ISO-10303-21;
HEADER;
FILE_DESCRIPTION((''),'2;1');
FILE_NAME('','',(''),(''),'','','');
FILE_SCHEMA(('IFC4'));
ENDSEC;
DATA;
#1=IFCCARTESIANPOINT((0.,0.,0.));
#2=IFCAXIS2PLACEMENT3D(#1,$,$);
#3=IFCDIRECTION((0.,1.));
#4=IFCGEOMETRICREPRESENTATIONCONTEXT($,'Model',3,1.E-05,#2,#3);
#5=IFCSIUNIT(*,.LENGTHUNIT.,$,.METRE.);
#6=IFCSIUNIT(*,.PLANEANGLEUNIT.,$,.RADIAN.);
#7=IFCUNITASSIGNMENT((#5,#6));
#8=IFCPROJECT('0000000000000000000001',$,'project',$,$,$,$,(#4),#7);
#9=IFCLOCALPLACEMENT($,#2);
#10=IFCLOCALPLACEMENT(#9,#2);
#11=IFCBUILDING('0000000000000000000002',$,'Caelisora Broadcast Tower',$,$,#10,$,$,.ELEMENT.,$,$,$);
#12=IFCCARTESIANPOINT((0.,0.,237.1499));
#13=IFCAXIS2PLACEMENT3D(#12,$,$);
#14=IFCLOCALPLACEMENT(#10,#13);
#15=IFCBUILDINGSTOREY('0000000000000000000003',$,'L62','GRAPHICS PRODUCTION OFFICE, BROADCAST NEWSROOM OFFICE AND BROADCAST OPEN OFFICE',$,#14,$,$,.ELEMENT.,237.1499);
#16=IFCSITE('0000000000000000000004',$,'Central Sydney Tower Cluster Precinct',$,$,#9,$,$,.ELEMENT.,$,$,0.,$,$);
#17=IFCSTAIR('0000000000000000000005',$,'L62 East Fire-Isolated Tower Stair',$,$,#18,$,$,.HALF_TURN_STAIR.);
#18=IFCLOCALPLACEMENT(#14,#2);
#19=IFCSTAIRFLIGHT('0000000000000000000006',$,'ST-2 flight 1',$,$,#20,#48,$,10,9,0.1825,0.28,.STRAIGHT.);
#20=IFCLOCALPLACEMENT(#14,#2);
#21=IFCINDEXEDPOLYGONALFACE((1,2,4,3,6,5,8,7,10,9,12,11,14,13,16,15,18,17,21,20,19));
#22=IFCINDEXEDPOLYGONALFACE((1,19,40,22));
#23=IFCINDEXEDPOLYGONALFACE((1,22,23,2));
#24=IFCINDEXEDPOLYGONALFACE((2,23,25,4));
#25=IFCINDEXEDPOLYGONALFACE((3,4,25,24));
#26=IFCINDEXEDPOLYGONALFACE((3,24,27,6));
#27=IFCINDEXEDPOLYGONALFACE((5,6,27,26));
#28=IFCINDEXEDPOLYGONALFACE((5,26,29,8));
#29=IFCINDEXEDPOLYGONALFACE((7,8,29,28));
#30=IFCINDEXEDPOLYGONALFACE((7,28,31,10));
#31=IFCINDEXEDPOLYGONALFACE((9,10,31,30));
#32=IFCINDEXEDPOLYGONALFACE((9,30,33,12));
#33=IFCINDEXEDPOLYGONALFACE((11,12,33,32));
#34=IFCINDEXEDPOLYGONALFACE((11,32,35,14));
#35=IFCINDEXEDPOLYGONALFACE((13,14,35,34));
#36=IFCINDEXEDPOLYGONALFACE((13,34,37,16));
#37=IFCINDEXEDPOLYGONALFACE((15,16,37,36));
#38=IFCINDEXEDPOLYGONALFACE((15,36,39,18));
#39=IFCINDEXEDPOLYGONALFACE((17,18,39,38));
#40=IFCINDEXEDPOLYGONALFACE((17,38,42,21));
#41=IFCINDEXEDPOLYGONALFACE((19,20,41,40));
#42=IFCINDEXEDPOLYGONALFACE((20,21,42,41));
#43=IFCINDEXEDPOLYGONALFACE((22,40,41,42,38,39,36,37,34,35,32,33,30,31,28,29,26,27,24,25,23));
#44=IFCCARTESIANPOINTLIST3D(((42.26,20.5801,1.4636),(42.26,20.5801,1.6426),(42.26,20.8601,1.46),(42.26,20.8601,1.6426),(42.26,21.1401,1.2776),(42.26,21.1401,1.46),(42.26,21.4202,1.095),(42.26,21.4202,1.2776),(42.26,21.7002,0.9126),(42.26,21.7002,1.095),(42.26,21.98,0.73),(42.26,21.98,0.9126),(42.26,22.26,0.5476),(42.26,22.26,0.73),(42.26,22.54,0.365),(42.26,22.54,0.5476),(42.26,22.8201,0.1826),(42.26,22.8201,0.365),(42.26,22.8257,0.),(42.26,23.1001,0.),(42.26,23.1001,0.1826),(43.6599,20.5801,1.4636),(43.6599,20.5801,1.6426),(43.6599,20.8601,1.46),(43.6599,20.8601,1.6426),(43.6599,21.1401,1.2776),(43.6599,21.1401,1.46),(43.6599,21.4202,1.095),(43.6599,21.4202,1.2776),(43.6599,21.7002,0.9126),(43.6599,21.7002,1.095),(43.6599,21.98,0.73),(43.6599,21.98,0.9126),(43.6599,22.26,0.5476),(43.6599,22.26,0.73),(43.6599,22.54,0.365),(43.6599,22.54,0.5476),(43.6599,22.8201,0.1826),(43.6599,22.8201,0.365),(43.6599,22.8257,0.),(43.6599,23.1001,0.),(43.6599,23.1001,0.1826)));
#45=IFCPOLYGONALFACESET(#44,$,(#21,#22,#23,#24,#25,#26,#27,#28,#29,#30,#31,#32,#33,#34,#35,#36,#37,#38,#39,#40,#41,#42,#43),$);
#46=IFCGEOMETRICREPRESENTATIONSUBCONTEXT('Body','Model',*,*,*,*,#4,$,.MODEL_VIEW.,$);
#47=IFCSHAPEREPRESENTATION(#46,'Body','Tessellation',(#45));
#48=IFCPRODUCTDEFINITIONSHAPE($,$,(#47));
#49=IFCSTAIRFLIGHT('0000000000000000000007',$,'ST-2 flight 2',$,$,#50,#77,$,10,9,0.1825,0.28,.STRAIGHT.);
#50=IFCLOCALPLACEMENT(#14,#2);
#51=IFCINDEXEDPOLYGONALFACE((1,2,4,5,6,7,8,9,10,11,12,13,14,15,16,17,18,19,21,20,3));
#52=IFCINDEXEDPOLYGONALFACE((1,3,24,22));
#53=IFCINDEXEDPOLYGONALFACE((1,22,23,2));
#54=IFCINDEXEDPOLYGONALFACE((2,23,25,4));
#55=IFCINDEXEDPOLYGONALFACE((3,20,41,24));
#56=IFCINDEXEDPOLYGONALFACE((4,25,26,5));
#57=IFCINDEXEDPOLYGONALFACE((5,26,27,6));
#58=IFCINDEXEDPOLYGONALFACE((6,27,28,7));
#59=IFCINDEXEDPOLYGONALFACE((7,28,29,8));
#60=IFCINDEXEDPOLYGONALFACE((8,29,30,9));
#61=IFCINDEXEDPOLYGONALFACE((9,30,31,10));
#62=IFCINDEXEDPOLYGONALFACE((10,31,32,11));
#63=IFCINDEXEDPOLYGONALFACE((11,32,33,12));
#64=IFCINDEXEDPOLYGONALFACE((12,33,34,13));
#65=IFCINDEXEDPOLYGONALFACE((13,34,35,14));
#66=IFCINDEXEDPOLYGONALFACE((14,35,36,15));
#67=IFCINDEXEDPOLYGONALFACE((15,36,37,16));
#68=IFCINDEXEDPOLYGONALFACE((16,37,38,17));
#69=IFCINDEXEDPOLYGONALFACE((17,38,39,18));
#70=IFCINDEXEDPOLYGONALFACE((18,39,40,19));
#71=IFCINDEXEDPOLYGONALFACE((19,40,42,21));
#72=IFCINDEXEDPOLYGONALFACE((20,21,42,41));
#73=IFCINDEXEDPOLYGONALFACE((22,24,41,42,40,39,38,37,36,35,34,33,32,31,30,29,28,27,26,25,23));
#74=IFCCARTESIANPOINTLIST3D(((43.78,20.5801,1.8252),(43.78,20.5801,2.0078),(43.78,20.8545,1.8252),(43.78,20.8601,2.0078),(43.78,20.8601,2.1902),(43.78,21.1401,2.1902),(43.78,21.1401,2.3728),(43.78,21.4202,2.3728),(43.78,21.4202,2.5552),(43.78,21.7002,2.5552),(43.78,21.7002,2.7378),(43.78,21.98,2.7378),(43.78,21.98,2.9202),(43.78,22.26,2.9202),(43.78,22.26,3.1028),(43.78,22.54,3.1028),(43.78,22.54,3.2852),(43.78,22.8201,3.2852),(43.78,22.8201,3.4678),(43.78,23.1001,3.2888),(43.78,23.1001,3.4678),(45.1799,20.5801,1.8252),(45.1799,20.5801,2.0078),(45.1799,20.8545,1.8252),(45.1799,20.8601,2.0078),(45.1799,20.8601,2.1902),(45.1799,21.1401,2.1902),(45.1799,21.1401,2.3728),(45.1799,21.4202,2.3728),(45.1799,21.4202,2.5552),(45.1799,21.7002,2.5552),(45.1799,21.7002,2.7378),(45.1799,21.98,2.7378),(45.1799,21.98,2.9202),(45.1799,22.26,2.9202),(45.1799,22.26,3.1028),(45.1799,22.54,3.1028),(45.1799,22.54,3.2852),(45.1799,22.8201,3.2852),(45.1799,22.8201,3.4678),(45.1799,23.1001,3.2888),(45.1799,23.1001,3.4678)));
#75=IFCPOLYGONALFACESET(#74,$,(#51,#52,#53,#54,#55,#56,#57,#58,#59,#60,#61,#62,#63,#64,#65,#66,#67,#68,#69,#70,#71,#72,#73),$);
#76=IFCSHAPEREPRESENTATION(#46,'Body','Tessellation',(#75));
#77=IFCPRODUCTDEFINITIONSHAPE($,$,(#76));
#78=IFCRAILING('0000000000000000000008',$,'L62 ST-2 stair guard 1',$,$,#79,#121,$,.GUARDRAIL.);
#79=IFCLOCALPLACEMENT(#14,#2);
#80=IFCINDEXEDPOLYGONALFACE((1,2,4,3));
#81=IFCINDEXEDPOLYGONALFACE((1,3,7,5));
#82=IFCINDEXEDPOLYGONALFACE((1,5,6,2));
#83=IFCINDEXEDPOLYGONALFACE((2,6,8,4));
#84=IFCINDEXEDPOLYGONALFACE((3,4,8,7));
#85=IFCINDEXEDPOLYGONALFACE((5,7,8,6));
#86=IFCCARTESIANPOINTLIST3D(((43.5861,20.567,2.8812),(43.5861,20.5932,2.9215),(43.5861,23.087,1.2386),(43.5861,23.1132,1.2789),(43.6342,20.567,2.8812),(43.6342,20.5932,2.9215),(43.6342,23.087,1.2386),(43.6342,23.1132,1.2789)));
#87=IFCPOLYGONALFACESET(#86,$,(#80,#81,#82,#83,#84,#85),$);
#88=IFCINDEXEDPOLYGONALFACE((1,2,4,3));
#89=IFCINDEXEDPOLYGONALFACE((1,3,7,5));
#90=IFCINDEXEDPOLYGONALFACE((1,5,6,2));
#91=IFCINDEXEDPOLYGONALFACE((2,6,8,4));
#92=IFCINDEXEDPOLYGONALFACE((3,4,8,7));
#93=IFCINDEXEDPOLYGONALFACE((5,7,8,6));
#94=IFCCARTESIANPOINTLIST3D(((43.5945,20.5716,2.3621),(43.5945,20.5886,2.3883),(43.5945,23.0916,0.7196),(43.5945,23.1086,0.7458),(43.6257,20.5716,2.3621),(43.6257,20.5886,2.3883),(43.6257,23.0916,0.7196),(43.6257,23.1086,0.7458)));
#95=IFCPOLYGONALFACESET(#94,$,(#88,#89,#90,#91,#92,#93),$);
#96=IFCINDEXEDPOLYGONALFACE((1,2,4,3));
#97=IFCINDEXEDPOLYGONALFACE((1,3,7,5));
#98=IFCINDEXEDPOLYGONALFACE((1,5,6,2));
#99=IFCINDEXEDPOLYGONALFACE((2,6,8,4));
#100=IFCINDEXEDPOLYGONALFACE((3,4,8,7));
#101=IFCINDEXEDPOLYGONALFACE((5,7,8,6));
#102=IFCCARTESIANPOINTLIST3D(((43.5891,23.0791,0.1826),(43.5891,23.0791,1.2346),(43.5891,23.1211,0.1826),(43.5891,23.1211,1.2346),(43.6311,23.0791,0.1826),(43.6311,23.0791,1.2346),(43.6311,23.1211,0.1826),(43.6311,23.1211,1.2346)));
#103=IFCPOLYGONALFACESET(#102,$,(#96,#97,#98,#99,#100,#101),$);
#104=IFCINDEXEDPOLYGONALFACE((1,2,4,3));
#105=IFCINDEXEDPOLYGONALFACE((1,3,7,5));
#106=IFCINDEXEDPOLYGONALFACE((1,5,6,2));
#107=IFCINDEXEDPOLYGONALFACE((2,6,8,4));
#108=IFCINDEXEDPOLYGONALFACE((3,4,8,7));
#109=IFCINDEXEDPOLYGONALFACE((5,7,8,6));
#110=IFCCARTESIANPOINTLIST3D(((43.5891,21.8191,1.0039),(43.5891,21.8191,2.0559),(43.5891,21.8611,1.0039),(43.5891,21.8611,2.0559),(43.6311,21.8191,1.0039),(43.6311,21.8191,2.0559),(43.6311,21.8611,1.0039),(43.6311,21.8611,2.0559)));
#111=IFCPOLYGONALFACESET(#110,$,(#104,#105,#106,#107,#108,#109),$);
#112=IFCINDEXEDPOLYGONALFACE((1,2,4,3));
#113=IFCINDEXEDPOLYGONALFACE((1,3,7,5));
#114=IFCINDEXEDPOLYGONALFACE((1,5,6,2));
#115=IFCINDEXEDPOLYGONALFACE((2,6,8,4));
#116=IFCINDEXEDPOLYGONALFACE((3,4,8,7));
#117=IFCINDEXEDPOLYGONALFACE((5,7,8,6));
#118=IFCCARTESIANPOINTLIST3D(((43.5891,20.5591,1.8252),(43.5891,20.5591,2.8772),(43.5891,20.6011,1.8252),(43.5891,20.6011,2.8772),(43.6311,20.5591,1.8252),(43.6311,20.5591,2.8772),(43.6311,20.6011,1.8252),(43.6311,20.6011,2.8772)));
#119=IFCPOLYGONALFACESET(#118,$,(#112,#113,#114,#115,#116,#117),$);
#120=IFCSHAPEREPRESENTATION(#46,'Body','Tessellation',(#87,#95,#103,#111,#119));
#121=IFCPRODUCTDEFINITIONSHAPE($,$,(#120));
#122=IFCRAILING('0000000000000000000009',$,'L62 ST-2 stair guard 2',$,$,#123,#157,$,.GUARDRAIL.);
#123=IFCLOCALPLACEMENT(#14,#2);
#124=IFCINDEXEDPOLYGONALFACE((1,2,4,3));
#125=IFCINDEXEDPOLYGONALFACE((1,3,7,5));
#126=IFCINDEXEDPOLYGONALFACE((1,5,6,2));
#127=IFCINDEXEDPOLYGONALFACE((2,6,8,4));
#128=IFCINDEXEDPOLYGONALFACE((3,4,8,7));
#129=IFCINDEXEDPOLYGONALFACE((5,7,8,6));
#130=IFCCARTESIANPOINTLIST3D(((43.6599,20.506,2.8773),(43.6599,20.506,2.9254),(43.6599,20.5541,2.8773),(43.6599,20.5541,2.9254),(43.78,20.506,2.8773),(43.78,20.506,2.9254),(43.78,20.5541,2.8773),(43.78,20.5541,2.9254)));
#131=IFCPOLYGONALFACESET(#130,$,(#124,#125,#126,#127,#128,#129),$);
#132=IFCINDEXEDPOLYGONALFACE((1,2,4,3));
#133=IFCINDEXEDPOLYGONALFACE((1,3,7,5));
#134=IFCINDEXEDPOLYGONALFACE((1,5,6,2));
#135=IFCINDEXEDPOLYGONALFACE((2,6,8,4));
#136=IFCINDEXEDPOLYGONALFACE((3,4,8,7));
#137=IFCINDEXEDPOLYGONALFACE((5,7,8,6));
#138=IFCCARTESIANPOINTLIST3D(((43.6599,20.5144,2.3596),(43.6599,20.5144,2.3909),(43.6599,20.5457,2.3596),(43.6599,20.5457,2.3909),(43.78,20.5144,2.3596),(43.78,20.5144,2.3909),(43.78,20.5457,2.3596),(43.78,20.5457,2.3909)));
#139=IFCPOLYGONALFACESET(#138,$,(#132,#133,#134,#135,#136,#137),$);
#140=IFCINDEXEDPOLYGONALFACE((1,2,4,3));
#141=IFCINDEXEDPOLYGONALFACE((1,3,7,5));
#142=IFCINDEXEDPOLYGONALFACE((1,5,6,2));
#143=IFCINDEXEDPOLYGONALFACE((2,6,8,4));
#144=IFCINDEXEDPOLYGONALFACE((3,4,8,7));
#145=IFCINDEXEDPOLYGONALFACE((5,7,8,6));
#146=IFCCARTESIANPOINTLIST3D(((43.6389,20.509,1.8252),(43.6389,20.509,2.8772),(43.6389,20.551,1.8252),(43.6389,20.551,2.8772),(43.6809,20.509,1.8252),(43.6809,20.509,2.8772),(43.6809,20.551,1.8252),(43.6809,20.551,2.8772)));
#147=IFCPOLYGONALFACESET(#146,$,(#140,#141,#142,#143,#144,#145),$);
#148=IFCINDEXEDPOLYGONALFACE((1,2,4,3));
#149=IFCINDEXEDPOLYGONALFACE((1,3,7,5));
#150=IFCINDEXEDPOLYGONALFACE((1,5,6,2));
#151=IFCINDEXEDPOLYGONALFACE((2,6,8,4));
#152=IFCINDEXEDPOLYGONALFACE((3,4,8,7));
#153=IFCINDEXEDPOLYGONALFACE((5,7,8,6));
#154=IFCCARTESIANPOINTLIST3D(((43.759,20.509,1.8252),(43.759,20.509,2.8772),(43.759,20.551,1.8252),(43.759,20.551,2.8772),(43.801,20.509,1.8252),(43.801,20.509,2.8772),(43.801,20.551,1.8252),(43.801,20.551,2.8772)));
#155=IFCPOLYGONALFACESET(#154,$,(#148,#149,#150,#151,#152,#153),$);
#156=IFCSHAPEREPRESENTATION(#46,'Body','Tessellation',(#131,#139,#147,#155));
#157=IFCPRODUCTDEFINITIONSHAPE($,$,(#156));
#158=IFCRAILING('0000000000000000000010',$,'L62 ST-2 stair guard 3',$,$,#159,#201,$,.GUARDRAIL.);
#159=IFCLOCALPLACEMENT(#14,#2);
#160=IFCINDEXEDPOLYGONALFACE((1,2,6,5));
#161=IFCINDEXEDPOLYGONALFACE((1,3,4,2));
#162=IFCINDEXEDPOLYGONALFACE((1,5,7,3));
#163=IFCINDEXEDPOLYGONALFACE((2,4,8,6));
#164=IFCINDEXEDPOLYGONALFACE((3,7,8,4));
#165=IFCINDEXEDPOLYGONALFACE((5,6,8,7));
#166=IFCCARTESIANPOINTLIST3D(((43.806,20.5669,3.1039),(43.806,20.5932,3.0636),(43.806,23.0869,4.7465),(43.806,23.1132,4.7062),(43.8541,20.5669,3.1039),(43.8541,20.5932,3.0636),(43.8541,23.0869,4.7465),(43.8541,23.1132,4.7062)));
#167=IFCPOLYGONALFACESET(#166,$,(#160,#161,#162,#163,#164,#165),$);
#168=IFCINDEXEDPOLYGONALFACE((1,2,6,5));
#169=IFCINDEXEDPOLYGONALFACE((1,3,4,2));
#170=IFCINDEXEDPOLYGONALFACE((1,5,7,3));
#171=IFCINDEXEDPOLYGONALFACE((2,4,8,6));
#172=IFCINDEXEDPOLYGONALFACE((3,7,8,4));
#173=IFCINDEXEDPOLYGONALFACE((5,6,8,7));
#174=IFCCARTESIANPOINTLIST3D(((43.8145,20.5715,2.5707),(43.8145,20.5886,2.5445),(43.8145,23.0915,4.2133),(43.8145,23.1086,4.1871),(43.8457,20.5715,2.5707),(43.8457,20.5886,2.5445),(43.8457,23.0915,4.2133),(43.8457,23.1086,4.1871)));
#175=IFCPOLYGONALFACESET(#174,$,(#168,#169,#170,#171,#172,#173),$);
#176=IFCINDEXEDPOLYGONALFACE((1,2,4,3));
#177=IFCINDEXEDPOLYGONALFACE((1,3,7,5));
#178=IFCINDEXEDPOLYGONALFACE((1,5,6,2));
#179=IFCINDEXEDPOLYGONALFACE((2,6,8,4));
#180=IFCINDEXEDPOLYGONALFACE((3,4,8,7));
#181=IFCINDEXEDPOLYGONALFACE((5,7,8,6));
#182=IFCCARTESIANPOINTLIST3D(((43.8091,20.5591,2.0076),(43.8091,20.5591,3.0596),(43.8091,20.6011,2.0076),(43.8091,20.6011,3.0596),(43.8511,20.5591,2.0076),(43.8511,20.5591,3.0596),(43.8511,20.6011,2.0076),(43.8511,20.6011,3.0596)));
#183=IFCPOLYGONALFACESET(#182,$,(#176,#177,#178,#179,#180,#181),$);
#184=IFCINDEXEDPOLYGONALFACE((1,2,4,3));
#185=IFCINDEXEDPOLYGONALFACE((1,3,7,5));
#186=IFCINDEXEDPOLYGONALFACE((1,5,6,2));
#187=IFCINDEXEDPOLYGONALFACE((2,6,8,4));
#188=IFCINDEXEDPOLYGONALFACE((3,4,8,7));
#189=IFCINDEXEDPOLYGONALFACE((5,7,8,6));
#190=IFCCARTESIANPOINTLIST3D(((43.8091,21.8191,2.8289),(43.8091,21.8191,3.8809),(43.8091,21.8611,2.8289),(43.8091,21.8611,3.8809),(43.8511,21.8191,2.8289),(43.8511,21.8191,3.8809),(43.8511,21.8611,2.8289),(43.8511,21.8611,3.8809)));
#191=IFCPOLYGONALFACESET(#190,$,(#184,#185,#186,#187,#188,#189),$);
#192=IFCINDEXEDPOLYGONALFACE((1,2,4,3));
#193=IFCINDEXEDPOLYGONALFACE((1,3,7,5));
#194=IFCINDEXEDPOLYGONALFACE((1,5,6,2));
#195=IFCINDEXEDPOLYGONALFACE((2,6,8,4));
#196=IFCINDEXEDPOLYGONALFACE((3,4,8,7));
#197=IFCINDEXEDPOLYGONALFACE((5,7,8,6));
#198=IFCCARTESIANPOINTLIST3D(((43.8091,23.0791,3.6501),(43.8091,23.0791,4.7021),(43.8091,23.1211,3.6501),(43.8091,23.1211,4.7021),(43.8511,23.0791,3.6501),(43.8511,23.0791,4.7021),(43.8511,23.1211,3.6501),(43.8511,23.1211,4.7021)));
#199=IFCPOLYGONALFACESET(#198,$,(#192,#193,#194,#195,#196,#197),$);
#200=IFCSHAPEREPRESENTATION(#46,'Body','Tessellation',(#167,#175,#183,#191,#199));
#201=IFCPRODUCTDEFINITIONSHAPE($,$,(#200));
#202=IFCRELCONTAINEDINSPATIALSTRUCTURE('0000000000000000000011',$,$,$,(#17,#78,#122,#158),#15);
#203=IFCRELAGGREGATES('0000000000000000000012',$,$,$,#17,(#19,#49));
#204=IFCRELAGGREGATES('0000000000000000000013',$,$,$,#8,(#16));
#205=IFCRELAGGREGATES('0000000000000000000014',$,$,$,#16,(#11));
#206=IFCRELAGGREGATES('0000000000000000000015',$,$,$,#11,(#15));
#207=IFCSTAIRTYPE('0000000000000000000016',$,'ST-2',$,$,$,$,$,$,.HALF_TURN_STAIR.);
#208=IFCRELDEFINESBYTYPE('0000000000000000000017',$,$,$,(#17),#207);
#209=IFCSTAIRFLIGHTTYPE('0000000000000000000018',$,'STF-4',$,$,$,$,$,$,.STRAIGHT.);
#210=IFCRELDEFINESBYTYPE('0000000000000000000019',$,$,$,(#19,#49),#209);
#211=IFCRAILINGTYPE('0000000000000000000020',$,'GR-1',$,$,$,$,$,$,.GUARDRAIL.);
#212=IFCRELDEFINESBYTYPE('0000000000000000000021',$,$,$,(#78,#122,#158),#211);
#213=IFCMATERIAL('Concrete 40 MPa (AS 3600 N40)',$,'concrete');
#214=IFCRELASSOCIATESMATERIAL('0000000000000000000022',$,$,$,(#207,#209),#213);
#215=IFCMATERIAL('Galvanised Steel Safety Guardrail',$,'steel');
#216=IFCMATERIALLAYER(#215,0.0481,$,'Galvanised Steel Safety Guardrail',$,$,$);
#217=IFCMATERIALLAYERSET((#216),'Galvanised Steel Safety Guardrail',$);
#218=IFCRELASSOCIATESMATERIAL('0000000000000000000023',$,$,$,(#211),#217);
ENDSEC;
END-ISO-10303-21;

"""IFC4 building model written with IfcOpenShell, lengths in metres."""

from ifc_helpers import new_model, si_unit, direction, frame, origin, origin_2d, place, context, subcontext, project, spatial, polyline, rectangle, outline, extrude, material, layer, layer_set, type_object, element, aggregate, save


model = new_model("IFC4")

# Units and contexts
model_context = context("Model", 3, precision=1e-05, world=origin(), true_north=direction((0.0, 1.0)))
body_context = subcontext(model_context, "Body", "Model", "MODEL_VIEW")
ifc_project = project(units=[si_unit("LENGTHUNIT", "METRE"), si_unit("PLANEANGLEUNIT", "RADIAN")], contexts=[model_context])

# Site, building, storey
site_placement = place(None, origin())
site = spatial("IfcSite", under=ifc_project, at=site_placement, Name="Central Sydney Tower Cluster Precinct", CompositionType="ELEMENT", RefElevation=0.0)
building_placement = place(site_placement, origin())
building = spatial("IfcBuilding", under=site, at=building_placement, Name="Caelisora Broadcast Tower", CompositionType="ELEMENT")
storey_placement = place(building_placement, frame((0.0, 0.0, 237.1499)))
storey = spatial("IfcBuildingStorey", under=building, at=storey_placement, Name="L62", Description="GRAPHICS PRODUCTION OFFICE, BROADCAST NEWSROOM OFFICE AND BROADCAST OPEN OFFICE", CompositionType="ELEMENT", Elevation=237.1499)

# Shared definitions
ifc_material_1 = material(Name="Concrete 40 MPa (AS 3600 N40)", Category="concrete")

# Stair, stair flights
stair_type = type_object("IfcStairType", Name="ST-2", PredefinedType="HALF_TURN_STAIR", material=ifc_material_1)
stair_placement = place(storey_placement, origin())
stair = element("IfcStair", 1, at=stair_placement, inside=storey, type_object=stair_type, Name="L62 East Fire-Isolated Tower Stair", PredefinedType="HALF_TURN_STAIR")
stair_flight_type = type_object("IfcStairFlightType", Name="STF-4", PredefinedType="STRAIGHT", material=ifc_material_1)
stair_flight_1_placement = place(storey_placement, frame((42.96, 23.1001, 0.0), z_axis=(0.0, 0.0, 1.0), x_axis=(0.0, -1.0, 0.0)))
stair_flight_1 = element("IfcStairFlight", 2, at=stair_flight_1_placement, type_object=stair_flight_type, Name="ST-2 flight 1", NumberOfRisers=10, NumberOfTreads=9, PredefinedType="STRAIGHT", RiserHeight=0.1825, TreadLength=0.28, context=body_context, shape_type="SweptSolid", body=[
    extrude(outline(polyline([(0.0, 0.0), (0.0, 0.1826), (0.28, 0.1826), (0.28, 0.365), (0.5601, 0.365), (0.5601, 0.5476), (0.8401, 0.5476), (0.8401, 0.73), (1.1201, 0.73), (1.1201, 0.9126), (1.3999, 0.9126), (1.3999, 1.095), (1.6799, 1.095), (1.6799, 1.2776), (1.96, 1.2776), (1.96, 1.46), (2.24, 1.46), (2.24, 1.6426), (2.52, 1.6426), (2.52, 1.825), (2.52, 1.4636), (0.2744, 0.0), (0.0, 0.0)])), frame((0.0, 0.7, 0.0), z_axis=(0.0, -1.0, 0.0), x_axis=(1.0, 0.0, 0.0)), (0.0, 0.0, 1.0), 1.3999),
])
stair_flight_2_placement = place(storey_placement, frame((44.48, 20.5801, 1.8252), z_axis=(0.0, 0.0, 1.0), x_axis=(0.0, 1.0, 0.0)))
stair_flight_2 = element("IfcStairFlight", 3, at=stair_flight_2_placement, type_object=stair_flight_type, Name="ST-2 flight 2", NumberOfRisers=10, NumberOfTreads=9, PredefinedType="STRAIGHT", RiserHeight=0.1825, TreadLength=0.28, context=body_context, shape_type="SweptSolid", body=[
    extrude(outline(polyline([(0.0, 0.0), (0.0, 0.1826), (0.28, 0.1826), (0.28, 0.365), (0.5601, 0.365), (0.5601, 0.5476), (0.8401, 0.5476), (0.8401, 0.73), (1.1201, 0.73), (1.1201, 0.9126), (1.3999, 0.9126), (1.3999, 1.095), (1.6799, 1.095), (1.6799, 1.2776), (1.96, 1.2776), (1.96, 1.46), (2.24, 1.46), (2.24, 1.6426), (2.52, 1.6426), (2.52, 1.825), (2.52, 1.4636), (0.2744, 0.0), (0.0, 0.0)])), frame((0.0, 0.7, 0.0), z_axis=(0.0, -1.0, 0.0), x_axis=(1.0, 0.0, 0.0)), (0.0, 0.0, 1.0), 1.3999),
])
aggregate(stair, [stair_flight_1, stair_flight_2])

# Railings
ifc_material_2 = material(Name="Galvanised Steel Safety Guardrail", Category="steel")
ifc_layer_1 = layer(ifc_material_2, 0.0481, Name="Galvanised Steel Safety Guardrail")
ifc_layer_set_1 = layer_set([ifc_layer_1], Name="Galvanised Steel Safety Guardrail")
railing_type_1 = type_object("IfcRailingType", Name="GR-1", PredefinedType="GUARDRAIL", material=ifc_layer_set_1)
railing_1_placement = place(storey_placement, frame((43.6101, 23.1001, 0.1826)))
element("IfcRailing", 4, at=railing_1_placement, inside=storey, type_object=railing_type_1, Name="L62 ST-2 stair guard 1", PredefinedType="GUARDRAIL", context=body_context, shape_type="SweptSolid", body=[
    extrude(rectangle(XDim=0.0481, YDim=0.0481, at=origin_2d()), frame((0.0, 0.0, 1.0762), z_axis=(0.0, -0.837749, 0.546055), x_axis=(1.0, 0.0, 0.0)), (0.0, 0.0, 1.0), 3.0081),
    extrude(rectangle(XDim=0.0312, YDim=0.0312, at=origin_2d()), frame((0.0, 0.0, 0.55), z_axis=(0.0, -0.837749, 0.546055), x_axis=(1.0, 0.0, 0.0)), (0.0, 0.0, 1.0), 3.0081),
    extrude(rectangle(XDim=0.042, YDim=0.042, at=origin_2d()), origin(), (0.0, 0.0, 1.0), 1.052),
    extrude(rectangle(XDim=0.042, YDim=0.042, at=origin_2d()), frame((0.0, -1.26, 0.8213)), (0.0, 0.0, 1.0), 1.052),
    extrude(rectangle(XDim=0.042, YDim=0.042, at=origin_2d()), frame((0.0, -2.52, 1.6426)), (0.0, 0.0, 1.0), 1.052),
])
railing_2_placement = place(storey_placement, frame((43.6599, 20.53, 1.8252)))
element("IfcRailing", 5, at=railing_2_placement, inside=storey, type_object=railing_type_1, Name="L62 ST-2 stair guard 2", PredefinedType="GUARDRAIL", context=body_context, shape_type="SweptSolid", body=[
    extrude(rectangle(XDim=0.0481, YDim=0.0481, at=origin_2d()), frame((0.0, 0.0, 1.0762), z_axis=(1.0, 0.0, 0.0), x_axis=(0.0, 1.0, 0.0)), (0.0, 0.0, 1.0), 0.1201),
    extrude(rectangle(XDim=0.0312, YDim=0.0312, at=origin_2d()), frame((0.0, 0.0, 0.55), z_axis=(1.0, 0.0, 0.0), x_axis=(0.0, 1.0, 0.0)), (0.0, 0.0, 1.0), 0.1201),
    extrude(rectangle(XDim=0.042, YDim=0.042, at=origin_2d()), origin(), (0.0, 0.0, 1.0), 1.052),
    extrude(rectangle(XDim=0.042, YDim=0.042, at=origin_2d()), frame((0.1201, 0.0, 0.0)), (0.0, 0.0, 1.0), 1.052),
])
railing_3_placement = place(storey_placement, frame((43.8301, 20.5801, 2.0076)))
element("IfcRailing", 6, at=railing_3_placement, inside=storey, type_object=railing_type_1, Name="L62 ST-2 stair guard 3", PredefinedType="GUARDRAIL", context=body_context, shape_type="SweptSolid", body=[
    extrude(rectangle(XDim=0.0481, YDim=0.0481, at=origin_2d()), frame((0.0, 0.0, 1.0762), z_axis=(0.0, 0.837749, 0.546055), x_axis=(-1.0, 0.0, 0.0)), (0.0, 0.0, 1.0), 3.0081),
    extrude(rectangle(XDim=0.0312, YDim=0.0312, at=origin_2d()), frame((0.0, 0.0, 0.55), z_axis=(0.0, 0.837749, 0.546055), x_axis=(-1.0, 0.0, 0.0)), (0.0, 0.0, 1.0), 3.0081),
    extrude(rectangle(XDim=0.042, YDim=0.042, at=origin_2d()), origin(), (0.0, 0.0, 1.0), 1.052),
    extrude(rectangle(XDim=0.042, YDim=0.042, at=origin_2d()), frame((0.0, 1.26, 0.8213)), (0.0, 0.0, 1.0), 1.052),
    extrude(rectangle(XDim=0.042, YDim=0.042, at=origin_2d()), frame((0.0, 2.52, 1.6426)), (0.0, 0.0, 1.0), 1.052),
])

save(model, "model.ifc")
